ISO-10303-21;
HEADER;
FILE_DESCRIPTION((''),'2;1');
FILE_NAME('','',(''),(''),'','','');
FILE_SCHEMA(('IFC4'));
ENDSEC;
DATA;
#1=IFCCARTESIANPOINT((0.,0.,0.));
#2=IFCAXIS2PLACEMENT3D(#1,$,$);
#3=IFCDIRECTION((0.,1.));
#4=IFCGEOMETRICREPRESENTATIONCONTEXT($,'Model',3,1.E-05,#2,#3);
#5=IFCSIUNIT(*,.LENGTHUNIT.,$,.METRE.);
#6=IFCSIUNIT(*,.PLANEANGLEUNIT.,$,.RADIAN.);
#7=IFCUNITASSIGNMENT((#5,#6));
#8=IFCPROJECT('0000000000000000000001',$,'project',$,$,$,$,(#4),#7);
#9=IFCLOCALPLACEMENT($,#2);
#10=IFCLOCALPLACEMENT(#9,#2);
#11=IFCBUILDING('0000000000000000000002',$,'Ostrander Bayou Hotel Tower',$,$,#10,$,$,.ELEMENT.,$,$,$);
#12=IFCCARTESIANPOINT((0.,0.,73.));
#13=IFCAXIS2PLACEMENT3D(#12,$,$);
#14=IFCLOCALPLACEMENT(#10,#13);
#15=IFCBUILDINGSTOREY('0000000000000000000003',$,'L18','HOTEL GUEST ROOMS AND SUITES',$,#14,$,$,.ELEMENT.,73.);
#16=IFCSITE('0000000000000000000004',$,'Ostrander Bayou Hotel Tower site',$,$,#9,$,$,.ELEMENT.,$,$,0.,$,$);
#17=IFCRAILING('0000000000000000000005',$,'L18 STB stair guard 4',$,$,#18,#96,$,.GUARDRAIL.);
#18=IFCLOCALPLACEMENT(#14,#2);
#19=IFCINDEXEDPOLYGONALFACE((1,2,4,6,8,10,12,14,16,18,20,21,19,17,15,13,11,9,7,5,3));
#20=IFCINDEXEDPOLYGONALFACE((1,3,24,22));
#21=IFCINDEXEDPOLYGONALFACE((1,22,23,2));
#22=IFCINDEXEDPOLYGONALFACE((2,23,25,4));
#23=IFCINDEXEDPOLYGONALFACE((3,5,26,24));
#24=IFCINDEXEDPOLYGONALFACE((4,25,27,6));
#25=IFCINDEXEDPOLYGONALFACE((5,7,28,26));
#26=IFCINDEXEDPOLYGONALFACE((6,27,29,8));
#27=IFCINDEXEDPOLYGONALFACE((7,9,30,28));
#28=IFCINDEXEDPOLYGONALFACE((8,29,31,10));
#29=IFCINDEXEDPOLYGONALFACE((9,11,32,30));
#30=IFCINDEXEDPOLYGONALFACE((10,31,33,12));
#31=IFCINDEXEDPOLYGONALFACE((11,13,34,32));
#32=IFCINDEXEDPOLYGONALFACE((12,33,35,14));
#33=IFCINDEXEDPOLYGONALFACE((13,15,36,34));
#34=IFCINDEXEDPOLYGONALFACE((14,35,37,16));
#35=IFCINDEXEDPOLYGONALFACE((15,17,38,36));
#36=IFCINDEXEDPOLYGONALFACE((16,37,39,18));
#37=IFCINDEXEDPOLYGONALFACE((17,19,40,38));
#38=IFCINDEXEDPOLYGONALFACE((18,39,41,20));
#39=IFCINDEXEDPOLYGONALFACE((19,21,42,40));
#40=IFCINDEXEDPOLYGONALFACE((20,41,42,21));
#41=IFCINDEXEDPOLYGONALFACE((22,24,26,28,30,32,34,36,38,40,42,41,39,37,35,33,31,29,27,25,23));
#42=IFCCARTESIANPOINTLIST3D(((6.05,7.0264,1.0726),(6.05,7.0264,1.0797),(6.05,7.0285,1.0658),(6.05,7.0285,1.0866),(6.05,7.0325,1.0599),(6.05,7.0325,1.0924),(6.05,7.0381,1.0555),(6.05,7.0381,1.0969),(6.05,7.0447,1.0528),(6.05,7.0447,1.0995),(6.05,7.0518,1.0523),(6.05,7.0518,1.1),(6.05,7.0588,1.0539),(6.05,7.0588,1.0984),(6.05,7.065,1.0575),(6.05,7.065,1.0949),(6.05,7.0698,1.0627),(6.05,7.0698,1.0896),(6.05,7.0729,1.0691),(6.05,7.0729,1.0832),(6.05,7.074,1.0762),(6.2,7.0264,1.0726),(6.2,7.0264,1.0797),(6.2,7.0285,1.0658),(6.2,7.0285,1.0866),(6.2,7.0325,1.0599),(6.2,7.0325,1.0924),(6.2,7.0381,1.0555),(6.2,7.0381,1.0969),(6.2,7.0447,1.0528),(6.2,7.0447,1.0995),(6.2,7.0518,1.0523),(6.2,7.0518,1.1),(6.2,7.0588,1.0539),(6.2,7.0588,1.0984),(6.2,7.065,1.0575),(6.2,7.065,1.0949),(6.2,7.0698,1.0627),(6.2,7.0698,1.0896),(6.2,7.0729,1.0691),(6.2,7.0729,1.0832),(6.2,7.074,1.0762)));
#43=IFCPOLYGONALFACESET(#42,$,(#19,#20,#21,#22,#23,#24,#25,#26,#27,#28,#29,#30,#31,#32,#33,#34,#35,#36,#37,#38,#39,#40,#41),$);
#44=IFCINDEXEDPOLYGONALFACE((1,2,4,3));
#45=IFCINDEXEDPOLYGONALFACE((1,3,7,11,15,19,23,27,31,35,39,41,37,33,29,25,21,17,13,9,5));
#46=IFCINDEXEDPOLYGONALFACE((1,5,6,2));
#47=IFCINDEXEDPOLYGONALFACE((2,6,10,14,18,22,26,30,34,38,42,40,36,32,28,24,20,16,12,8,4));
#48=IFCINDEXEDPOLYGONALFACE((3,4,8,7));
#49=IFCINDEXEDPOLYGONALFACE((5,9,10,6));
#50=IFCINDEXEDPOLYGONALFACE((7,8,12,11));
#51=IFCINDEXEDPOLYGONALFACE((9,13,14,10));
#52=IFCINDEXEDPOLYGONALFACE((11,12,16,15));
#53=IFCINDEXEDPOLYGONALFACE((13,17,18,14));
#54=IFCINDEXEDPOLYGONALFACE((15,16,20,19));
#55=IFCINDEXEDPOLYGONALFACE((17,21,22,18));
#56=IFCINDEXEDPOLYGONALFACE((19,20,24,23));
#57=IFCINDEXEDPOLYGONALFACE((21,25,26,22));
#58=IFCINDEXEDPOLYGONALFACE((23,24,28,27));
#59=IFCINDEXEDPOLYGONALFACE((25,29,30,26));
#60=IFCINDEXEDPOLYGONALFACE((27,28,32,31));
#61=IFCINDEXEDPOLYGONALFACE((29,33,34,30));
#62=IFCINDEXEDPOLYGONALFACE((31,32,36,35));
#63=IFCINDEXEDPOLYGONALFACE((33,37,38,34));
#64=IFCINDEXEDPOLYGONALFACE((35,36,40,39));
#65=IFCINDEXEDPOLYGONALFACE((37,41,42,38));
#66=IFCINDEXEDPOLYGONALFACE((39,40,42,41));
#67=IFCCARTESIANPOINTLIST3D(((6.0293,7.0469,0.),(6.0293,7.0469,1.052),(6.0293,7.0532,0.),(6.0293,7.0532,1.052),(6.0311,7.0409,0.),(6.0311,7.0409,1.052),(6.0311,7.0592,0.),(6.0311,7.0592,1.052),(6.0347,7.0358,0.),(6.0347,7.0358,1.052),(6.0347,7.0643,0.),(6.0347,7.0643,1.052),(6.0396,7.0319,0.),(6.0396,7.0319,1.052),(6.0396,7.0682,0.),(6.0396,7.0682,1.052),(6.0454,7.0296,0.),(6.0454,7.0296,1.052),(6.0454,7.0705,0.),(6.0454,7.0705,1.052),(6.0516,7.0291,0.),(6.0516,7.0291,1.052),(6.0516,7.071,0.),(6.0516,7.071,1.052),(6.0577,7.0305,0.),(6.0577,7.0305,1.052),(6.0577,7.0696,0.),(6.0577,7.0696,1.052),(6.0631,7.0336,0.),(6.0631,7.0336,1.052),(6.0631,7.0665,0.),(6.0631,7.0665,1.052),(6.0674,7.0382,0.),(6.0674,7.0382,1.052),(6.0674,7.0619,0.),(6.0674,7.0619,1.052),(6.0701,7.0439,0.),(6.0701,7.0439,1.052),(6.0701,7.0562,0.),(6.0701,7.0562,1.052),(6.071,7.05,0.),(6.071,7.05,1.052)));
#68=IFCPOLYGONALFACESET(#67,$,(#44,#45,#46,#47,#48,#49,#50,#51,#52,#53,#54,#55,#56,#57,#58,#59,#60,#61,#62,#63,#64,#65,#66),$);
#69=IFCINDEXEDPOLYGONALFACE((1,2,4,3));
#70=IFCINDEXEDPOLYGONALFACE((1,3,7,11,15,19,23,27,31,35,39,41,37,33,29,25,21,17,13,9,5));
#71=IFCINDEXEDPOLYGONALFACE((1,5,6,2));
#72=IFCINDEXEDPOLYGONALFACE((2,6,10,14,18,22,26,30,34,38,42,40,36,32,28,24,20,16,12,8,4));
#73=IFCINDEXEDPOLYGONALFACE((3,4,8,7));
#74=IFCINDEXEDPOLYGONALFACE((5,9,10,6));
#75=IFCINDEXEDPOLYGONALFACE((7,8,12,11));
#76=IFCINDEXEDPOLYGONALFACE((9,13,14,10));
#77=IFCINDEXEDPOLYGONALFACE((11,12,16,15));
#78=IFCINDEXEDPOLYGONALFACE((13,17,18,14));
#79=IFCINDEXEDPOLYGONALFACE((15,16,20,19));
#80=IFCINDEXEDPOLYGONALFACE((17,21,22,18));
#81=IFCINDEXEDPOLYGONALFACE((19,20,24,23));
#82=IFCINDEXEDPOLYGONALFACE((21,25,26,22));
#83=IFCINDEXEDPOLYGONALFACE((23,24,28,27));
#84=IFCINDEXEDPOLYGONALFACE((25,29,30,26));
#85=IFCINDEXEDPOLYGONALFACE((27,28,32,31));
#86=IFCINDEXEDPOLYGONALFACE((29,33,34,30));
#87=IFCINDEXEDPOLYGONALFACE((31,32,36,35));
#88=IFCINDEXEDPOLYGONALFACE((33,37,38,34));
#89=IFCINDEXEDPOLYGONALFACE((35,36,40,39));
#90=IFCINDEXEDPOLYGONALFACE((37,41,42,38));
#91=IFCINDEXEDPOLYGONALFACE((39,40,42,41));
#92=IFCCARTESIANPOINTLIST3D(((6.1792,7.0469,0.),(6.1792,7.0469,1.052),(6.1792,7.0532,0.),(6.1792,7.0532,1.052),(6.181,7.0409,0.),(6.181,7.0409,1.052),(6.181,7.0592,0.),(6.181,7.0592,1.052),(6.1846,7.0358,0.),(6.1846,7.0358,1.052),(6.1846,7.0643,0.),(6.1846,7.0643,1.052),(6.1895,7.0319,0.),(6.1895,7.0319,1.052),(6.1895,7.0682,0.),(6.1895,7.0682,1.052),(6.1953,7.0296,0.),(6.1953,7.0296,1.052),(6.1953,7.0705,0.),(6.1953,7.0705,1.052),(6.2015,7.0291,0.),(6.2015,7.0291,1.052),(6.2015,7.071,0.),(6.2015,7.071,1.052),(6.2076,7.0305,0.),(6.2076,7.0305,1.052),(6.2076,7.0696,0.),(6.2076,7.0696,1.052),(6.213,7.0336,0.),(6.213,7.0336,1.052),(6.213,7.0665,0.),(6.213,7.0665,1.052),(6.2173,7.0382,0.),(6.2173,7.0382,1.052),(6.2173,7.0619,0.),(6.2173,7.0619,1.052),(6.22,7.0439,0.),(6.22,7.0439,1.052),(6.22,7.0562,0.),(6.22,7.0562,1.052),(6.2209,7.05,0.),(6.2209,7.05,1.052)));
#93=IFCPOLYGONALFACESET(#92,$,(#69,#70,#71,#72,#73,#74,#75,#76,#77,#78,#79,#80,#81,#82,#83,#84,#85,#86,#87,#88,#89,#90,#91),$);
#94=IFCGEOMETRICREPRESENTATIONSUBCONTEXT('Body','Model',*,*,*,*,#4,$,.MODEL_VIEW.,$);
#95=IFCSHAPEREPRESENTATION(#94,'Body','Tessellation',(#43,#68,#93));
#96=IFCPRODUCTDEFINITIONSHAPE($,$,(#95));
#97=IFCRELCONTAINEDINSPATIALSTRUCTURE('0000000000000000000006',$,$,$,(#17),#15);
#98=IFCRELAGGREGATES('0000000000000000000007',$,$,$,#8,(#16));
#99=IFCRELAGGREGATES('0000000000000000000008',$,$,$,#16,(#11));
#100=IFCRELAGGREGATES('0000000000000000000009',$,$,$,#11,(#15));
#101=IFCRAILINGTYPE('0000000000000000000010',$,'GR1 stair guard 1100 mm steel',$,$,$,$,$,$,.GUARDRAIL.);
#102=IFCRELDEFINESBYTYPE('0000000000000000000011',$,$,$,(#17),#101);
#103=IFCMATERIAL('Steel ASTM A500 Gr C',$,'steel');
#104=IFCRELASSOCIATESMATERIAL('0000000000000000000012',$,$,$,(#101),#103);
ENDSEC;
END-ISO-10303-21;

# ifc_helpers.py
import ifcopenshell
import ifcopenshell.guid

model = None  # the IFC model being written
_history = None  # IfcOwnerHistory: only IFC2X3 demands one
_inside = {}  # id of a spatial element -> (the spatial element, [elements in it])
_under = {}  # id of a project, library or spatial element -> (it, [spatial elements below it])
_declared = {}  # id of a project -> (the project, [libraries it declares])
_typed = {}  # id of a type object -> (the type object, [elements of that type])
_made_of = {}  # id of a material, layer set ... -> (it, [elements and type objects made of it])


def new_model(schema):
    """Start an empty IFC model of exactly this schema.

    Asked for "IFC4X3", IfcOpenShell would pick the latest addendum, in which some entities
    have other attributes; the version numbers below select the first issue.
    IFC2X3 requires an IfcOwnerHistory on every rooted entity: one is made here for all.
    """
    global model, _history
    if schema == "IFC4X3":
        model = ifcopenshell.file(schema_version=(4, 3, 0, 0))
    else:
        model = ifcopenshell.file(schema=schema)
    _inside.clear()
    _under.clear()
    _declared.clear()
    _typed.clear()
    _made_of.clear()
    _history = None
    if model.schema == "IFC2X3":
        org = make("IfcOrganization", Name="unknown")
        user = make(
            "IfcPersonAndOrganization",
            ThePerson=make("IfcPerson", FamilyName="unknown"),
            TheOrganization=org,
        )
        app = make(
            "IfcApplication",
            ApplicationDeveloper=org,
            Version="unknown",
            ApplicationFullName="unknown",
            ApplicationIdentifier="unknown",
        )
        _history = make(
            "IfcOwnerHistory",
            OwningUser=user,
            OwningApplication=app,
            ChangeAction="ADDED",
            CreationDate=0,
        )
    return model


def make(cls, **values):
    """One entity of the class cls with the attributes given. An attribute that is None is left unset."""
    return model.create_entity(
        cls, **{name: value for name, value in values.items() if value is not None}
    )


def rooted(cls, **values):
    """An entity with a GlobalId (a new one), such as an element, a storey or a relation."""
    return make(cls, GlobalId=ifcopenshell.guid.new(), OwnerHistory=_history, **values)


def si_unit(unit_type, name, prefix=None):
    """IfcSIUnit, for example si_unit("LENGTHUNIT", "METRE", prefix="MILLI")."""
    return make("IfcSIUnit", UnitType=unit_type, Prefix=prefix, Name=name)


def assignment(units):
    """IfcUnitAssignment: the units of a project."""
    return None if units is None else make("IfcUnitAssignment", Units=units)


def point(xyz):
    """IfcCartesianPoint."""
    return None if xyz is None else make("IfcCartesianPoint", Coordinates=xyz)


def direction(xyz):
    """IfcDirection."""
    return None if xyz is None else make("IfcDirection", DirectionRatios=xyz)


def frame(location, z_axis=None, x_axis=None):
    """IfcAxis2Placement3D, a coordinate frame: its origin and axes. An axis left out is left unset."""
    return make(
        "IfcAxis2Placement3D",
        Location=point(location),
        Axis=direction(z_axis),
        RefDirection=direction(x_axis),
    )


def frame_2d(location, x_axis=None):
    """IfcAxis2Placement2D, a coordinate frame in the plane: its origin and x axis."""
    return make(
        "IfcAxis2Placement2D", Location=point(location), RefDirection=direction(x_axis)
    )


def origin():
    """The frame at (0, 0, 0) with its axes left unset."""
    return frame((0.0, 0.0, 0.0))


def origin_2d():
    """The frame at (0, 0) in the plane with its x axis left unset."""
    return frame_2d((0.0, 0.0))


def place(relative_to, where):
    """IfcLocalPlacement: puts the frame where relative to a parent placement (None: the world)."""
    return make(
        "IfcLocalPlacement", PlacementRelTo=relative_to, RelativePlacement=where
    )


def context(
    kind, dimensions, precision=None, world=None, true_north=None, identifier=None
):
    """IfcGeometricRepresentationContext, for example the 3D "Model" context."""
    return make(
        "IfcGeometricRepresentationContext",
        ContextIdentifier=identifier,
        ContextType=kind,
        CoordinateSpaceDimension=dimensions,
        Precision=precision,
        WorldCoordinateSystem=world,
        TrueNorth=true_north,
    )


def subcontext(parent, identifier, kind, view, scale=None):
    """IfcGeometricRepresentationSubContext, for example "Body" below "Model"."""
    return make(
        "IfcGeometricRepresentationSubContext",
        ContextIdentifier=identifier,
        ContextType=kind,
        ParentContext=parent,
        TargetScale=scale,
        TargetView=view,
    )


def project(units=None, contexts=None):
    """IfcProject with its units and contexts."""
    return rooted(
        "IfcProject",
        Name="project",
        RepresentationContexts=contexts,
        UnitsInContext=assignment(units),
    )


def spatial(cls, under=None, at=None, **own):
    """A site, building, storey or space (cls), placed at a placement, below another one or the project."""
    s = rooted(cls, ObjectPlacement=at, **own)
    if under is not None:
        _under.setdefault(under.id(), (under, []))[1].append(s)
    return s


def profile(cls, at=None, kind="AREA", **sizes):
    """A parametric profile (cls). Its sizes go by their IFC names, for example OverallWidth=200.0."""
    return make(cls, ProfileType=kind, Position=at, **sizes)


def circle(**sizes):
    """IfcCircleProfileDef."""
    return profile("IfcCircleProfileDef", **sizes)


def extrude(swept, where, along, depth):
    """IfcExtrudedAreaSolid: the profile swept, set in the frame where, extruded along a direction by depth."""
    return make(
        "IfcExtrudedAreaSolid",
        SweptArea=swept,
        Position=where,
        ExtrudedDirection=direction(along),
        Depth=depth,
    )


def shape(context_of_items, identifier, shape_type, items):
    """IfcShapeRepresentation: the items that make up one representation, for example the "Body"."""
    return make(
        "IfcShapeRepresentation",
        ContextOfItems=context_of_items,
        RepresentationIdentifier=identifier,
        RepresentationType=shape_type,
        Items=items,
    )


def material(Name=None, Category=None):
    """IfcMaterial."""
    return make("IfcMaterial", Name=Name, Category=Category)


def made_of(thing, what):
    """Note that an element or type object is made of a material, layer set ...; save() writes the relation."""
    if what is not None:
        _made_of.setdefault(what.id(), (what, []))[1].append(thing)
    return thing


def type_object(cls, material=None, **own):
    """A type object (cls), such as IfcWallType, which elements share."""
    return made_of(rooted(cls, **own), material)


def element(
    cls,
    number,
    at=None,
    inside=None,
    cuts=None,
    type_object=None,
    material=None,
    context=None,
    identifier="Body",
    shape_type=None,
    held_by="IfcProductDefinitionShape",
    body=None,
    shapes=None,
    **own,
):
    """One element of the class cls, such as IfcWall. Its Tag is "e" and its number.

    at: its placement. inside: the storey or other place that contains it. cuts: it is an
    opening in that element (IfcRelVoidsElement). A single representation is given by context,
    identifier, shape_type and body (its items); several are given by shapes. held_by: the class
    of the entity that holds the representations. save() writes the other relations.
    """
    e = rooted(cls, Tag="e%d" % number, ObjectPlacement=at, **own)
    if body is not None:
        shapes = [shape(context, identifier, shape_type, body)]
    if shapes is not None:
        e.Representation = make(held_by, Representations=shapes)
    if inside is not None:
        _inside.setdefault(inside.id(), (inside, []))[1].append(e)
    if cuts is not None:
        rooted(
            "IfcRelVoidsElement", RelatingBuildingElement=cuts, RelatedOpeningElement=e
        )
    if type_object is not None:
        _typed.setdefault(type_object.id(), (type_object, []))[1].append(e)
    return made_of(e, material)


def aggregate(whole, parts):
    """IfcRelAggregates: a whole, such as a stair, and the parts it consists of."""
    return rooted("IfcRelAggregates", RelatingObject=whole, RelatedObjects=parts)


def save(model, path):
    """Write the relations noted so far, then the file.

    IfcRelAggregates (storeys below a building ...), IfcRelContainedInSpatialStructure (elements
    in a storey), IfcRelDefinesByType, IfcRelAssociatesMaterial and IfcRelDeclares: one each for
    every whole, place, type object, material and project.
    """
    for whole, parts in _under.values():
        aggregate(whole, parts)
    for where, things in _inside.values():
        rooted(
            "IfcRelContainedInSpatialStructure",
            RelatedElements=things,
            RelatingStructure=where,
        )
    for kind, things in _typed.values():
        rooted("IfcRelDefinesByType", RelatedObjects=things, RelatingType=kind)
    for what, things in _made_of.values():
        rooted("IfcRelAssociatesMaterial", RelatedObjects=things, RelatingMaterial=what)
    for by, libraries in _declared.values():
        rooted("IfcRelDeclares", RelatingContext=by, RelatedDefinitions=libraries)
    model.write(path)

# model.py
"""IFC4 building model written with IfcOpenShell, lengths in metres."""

from ifc_helpers import new_model, si_unit, direction, frame, origin, origin_2d, place, context, subcontext, project, spatial, circle, extrude, material, type_object, element, save


model = new_model("IFC4")

# Units and contexts
model_context = context("Model", 3, precision=1e-05, world=origin(), true_north=direction((0.0, 1.0)))
body_context = subcontext(model_context, "Body", "Model", "MODEL_VIEW")
ifc_project = project(units=[si_unit("LENGTHUNIT", "METRE"), si_unit("PLANEANGLEUNIT", "RADIAN")], contexts=[model_context])

# Site, building, storey
site_placement = place(None, origin())
site = spatial("IfcSite", under=ifc_project, at=site_placement, Name="Ostrander Bayou Hotel Tower site", CompositionType="ELEMENT", RefElevation=0.0)
building_placement = place(site_placement, origin())
building = spatial("IfcBuilding", under=site, at=building_placement, Name="Ostrander Bayou Hotel Tower", CompositionType="ELEMENT")
storey_placement = place(building_placement, frame((0.0, 0.0, 73.0)))
storey = spatial("IfcBuildingStorey", under=building, at=storey_placement, Name="L18", Description="HOTEL GUEST ROOMS AND SUITES", CompositionType="ELEMENT", Elevation=73.0)

# Railing
ifc_material_1 = material(Name="Steel ASTM A500 Gr C", Category="steel")
railing_type_1 = type_object("IfcRailingType", Name="GR1 stair guard 1100 mm steel", PredefinedType="GUARDRAIL", material=ifc_material_1)
railing_1_placement = place(storey_placement, frame((6.05, 7.05, 0.0)))
element("IfcRailing", 1, at=railing_1_placement, inside=storey, type_object=railing_type_1, Name="L18 STB stair guard 4", PredefinedType="GUARDRAIL", context=body_context, shape_type="SweptSolid", body=[
    extrude(circle(Radius=0.0239, at=origin_2d()), frame((0.0, 0.0, 1.0762), z_axis=(1.0, 0.0, 0.0), x_axis=(0.0, 1.0, 0.0)), (0.0, 0.0, 1.0), 0.1499),
    extrude(circle(Radius=0.021, at=origin_2d()), origin(), (0.0, 0.0, 1.0), 1.052),
    extrude(circle(Radius=0.021, at=origin_2d()), frame((0.1499, 0.0, 0.0)), (0.0, 0.0, 1.0), 1.052),
])

save(model, "model.ifc")
